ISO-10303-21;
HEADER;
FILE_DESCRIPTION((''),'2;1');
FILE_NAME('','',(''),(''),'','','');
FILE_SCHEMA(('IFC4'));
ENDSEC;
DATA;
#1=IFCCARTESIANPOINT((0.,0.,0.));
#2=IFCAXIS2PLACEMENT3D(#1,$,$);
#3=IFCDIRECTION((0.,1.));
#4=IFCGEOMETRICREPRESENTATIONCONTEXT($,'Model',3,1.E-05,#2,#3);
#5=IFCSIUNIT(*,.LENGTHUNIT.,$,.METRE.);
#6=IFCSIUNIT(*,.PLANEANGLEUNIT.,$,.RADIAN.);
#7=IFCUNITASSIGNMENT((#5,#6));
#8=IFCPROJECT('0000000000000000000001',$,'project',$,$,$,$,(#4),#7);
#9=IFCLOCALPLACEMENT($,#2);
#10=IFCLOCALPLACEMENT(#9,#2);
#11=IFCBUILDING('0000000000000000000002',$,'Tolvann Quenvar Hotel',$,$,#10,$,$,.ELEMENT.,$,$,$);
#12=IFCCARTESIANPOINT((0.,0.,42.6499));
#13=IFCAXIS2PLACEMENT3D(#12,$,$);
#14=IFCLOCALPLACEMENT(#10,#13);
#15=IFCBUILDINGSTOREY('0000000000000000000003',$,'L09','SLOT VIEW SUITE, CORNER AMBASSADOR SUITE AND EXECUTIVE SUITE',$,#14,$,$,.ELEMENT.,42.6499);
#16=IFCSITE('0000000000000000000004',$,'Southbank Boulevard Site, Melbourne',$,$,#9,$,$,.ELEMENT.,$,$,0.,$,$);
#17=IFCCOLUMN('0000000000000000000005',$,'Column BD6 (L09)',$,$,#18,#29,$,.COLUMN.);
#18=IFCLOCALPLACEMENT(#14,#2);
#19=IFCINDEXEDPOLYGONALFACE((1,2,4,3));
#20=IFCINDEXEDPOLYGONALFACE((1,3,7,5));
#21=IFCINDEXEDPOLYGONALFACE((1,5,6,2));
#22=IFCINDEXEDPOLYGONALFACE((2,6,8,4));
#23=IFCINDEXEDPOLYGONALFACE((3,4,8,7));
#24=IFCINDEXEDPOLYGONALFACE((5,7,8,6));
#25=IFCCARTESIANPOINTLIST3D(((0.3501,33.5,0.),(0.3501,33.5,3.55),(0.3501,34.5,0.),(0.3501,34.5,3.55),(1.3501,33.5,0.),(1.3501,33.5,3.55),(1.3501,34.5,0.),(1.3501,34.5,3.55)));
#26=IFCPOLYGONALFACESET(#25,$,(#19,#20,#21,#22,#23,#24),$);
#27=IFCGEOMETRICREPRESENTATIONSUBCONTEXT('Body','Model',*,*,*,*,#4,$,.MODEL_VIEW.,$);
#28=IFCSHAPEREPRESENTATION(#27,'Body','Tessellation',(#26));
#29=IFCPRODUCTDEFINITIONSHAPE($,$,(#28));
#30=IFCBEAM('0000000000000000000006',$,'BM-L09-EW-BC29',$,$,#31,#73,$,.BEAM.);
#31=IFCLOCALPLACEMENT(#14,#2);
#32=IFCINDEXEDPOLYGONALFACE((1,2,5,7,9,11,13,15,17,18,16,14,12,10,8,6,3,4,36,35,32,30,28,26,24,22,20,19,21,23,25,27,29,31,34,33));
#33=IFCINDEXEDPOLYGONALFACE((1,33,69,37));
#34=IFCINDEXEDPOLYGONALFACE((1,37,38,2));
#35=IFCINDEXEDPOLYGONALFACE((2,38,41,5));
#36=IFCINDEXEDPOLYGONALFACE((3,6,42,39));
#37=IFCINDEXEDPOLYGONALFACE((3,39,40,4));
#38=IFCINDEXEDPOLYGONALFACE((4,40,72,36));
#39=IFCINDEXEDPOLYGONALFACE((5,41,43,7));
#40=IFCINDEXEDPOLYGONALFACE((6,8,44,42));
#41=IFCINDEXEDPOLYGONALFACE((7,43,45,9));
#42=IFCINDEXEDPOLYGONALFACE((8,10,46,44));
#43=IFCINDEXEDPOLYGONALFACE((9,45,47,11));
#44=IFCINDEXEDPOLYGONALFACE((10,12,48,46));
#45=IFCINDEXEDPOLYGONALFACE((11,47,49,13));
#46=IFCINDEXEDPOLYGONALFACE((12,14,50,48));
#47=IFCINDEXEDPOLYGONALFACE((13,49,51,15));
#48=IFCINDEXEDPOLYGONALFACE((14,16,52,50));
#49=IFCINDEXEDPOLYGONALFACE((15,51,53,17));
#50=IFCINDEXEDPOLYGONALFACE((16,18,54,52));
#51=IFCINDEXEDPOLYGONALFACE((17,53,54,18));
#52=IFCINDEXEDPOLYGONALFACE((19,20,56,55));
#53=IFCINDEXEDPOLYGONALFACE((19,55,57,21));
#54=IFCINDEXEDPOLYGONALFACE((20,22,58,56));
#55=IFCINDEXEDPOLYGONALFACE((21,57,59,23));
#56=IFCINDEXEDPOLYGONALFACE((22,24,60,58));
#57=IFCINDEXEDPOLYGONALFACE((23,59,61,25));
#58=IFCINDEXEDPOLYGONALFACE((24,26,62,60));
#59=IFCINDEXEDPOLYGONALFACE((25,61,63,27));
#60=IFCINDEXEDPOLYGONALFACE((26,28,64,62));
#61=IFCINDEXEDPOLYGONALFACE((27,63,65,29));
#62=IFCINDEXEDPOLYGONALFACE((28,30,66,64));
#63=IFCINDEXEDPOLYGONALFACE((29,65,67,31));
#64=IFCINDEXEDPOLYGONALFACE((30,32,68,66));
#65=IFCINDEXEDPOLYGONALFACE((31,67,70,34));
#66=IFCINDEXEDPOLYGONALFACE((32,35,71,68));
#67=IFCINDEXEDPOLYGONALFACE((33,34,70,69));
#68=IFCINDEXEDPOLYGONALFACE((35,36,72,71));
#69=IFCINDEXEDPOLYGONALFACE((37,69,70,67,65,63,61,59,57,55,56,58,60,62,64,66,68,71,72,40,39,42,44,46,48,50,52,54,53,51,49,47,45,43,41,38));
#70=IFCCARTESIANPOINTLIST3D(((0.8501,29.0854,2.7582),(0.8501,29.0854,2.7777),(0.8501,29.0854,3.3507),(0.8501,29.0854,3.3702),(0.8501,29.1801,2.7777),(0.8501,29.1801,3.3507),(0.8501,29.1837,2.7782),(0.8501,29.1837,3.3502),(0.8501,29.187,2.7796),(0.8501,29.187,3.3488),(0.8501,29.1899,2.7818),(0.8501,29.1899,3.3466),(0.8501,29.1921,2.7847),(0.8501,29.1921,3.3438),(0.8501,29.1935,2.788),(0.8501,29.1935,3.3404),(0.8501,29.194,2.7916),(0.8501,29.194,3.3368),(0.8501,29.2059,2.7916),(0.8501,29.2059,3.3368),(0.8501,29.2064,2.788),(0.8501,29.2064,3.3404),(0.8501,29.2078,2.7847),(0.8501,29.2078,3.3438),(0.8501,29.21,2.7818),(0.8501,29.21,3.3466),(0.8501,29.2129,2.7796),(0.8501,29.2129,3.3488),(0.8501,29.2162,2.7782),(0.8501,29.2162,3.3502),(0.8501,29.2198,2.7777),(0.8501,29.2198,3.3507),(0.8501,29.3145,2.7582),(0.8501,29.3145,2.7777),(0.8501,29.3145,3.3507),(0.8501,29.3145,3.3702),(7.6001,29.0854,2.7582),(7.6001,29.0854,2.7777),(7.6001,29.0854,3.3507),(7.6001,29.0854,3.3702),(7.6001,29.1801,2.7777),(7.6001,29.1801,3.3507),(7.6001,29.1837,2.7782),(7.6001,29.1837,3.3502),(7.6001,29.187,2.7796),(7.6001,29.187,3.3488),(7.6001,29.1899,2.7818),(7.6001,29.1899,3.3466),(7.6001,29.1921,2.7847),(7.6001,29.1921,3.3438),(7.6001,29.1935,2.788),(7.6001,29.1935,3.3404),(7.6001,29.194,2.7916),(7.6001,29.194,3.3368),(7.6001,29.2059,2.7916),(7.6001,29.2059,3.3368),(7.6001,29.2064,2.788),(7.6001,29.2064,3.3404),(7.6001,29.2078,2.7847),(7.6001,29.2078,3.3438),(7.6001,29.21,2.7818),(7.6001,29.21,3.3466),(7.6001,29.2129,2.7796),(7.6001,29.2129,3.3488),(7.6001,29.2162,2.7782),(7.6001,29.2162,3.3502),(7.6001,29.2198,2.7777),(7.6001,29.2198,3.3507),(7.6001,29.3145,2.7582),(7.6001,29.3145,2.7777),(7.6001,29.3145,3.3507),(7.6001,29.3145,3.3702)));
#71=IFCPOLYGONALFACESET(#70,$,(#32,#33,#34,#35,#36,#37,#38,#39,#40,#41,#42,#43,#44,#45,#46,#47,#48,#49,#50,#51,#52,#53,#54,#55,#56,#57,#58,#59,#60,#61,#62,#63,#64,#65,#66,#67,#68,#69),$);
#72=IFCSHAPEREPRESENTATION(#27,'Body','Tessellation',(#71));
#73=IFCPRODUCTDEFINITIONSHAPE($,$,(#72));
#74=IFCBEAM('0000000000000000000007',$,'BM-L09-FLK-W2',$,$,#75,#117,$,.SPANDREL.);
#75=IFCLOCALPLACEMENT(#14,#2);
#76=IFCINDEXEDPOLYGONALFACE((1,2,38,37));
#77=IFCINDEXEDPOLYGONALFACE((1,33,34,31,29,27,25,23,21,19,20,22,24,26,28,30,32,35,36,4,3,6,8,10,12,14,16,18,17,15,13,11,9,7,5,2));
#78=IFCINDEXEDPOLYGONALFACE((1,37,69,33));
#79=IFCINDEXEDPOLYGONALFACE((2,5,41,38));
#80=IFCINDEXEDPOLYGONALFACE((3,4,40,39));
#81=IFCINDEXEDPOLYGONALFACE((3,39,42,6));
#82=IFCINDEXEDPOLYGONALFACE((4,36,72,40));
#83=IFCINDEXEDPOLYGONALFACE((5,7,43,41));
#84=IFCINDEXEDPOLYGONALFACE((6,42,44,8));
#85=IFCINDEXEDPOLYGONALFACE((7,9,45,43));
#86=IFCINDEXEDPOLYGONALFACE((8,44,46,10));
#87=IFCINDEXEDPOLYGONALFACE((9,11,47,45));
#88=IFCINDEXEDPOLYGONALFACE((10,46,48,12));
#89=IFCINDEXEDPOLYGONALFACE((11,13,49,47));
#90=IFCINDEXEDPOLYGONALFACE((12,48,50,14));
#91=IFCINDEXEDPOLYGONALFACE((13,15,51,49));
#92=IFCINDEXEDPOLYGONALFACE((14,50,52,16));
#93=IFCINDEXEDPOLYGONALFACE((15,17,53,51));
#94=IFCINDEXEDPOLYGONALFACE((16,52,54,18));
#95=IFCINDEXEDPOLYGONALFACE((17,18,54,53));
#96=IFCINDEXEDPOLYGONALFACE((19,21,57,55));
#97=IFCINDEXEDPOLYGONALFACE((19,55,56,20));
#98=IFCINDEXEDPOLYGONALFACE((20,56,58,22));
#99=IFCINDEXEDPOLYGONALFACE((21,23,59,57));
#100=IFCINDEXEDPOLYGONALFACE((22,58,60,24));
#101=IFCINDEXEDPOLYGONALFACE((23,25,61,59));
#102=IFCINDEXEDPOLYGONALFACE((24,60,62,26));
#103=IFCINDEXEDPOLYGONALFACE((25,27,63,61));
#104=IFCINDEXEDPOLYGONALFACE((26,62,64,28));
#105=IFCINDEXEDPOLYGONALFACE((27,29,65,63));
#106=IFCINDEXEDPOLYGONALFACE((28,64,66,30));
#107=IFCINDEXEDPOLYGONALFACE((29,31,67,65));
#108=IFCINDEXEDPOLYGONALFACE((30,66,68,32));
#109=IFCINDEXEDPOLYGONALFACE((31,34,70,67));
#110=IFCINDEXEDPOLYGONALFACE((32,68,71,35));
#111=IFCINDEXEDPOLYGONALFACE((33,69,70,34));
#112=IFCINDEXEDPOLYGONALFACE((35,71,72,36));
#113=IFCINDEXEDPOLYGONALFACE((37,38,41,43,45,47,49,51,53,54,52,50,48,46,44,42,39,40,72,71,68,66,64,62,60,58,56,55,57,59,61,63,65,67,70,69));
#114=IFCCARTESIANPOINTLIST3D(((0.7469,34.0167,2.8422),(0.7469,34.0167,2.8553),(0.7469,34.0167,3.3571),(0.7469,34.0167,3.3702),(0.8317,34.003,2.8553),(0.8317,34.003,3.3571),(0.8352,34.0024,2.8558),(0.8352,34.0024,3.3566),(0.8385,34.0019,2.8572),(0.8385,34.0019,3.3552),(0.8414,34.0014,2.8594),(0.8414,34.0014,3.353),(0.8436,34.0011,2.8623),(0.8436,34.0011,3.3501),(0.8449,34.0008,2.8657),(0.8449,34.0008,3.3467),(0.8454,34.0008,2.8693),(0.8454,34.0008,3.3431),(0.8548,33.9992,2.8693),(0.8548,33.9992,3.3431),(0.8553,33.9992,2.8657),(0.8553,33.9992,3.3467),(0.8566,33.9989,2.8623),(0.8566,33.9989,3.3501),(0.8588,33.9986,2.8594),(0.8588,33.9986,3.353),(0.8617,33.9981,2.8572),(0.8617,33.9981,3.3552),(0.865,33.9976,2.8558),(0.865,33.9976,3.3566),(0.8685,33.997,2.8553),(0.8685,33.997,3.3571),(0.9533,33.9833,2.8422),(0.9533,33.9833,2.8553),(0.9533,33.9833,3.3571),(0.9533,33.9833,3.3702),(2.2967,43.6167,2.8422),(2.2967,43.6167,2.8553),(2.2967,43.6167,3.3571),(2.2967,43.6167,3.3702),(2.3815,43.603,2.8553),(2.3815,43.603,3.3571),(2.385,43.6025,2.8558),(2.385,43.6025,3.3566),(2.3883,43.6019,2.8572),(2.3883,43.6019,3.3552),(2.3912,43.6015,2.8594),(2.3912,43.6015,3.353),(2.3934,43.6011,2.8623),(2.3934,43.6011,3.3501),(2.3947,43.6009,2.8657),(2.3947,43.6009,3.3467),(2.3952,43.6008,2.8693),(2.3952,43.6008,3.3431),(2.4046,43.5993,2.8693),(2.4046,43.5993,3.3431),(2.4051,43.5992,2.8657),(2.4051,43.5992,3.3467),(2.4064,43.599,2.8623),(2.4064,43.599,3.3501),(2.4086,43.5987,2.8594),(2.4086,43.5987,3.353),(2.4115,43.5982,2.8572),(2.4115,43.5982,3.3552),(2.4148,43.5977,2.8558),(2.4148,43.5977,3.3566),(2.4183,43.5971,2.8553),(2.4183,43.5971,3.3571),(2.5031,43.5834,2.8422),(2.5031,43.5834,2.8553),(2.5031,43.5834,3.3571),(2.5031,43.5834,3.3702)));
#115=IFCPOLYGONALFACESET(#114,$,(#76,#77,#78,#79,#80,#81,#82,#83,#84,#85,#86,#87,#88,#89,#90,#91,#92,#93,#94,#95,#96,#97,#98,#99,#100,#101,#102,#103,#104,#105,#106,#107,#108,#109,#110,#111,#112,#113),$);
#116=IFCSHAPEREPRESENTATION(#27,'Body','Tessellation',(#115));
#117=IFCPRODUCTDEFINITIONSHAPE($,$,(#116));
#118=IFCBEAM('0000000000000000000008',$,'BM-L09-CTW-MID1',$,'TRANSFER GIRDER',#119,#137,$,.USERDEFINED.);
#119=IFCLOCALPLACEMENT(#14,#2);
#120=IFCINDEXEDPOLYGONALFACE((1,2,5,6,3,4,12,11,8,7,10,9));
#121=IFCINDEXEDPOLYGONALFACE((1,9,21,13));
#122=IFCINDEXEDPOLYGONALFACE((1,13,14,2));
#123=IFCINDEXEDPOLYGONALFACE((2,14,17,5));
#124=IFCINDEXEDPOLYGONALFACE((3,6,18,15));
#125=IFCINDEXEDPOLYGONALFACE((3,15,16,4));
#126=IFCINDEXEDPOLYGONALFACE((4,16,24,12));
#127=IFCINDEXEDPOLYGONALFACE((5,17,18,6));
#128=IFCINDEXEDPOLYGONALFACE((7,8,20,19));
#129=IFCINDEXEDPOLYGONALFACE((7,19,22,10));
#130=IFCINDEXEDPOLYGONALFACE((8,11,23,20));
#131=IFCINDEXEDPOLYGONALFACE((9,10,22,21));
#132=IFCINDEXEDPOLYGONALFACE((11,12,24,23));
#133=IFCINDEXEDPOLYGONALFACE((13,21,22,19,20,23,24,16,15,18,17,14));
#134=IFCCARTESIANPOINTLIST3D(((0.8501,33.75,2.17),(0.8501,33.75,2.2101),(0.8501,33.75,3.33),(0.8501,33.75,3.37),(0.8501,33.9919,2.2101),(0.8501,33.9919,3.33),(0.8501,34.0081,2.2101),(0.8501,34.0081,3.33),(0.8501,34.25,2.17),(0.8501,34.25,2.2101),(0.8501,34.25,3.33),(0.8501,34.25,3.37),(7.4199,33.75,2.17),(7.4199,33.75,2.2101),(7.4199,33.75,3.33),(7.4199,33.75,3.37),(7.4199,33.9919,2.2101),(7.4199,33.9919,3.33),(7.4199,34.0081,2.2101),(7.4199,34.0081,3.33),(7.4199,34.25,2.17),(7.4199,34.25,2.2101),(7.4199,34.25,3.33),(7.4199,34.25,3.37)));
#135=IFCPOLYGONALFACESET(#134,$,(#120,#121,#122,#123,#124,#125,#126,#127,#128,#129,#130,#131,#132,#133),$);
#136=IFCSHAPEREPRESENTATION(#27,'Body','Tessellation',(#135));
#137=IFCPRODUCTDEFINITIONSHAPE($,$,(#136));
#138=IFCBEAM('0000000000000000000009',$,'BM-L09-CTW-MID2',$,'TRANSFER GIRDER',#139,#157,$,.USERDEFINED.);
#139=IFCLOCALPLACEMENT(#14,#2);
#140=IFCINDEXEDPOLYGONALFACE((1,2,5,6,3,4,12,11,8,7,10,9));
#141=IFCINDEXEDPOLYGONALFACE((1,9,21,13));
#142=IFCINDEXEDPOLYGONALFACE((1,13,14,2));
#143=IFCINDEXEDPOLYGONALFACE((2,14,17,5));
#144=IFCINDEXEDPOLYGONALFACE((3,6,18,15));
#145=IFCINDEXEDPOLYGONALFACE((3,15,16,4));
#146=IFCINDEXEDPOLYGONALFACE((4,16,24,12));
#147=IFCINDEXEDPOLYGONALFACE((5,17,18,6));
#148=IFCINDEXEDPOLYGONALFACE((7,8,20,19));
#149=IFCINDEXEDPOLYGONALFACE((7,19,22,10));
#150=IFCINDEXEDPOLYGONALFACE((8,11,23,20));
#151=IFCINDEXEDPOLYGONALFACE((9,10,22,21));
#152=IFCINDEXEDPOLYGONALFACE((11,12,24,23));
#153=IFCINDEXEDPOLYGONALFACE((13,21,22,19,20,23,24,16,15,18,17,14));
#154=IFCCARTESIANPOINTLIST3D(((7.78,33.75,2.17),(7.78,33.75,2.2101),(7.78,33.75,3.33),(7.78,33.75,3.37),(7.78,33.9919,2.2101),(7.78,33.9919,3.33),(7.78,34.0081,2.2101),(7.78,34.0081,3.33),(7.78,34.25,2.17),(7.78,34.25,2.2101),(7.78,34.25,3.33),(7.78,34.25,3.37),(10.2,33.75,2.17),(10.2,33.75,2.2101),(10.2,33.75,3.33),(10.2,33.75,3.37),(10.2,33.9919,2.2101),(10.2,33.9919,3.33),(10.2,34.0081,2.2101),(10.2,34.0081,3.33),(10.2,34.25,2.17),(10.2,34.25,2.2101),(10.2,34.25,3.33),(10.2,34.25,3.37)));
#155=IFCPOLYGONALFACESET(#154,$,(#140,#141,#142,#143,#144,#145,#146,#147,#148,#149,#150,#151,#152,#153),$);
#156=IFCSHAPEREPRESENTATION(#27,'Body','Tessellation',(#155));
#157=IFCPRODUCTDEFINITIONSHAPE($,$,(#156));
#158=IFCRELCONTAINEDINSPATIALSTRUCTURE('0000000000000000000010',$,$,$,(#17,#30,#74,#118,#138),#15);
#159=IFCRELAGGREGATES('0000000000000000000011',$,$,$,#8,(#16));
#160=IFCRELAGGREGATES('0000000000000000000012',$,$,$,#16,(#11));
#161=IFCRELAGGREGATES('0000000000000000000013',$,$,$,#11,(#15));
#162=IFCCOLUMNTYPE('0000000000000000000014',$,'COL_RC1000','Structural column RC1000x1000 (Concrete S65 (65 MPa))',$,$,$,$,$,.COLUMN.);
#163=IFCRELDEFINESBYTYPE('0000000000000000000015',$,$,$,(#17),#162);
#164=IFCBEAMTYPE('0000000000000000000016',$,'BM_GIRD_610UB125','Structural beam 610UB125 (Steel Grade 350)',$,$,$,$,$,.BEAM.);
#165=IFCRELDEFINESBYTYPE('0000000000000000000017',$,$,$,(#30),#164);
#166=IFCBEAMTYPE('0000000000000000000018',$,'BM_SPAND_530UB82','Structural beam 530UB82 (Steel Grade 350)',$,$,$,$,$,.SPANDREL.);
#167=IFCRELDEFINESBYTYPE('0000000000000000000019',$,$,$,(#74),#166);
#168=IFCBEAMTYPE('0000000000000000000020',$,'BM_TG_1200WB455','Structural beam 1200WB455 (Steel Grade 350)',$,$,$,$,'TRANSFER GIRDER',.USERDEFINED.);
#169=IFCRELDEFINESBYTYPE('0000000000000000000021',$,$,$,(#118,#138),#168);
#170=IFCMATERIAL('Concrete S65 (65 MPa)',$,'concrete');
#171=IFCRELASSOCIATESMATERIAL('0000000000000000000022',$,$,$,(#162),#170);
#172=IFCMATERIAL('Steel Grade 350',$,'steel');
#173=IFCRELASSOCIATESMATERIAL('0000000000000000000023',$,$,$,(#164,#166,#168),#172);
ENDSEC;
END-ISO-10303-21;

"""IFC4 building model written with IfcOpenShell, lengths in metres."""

from ifc_helpers import new_model, si_unit, direction, frame, origin, origin_2d, place, context, subcontext, project, spatial, rectangle, i_section, extrude, source, transform, mapped, material, material_profile, profile_set, type_object, type_shapes, element, save


model = new_model("IFC4")

# Units and contexts
model_context = context("Model", 3, precision=1e-05, world=origin(), true_north=direction((0.0, 1.0)))
body_context = subcontext(model_context, "Body", "Model", "MODEL_VIEW")
ifc_project = project(units=[si_unit("LENGTHUNIT", "METRE"), si_unit("PLANEANGLEUNIT", "RADIAN")], contexts=[model_context])

# Site, building, storey
site_placement = place(None, origin())
site = spatial("IfcSite", under=ifc_project, at=site_placement, Name="Southbank Boulevard Site, Melbourne", CompositionType="ELEMENT", RefElevation=0.0)
building_placement = place(site_placement, origin())
building = spatial("IfcBuilding", under=site, at=building_placement, Name="Tolvann Quenvar Hotel", CompositionType="ELEMENT")
storey_placement = place(building_placement, frame((0.0, 0.0, 42.6499)))
storey = spatial("IfcBuildingStorey", under=building, at=storey_placement, Name="L09", Description="SLOT VIEW SUITE, CORNER AMBASSADOR SUITE AND EXECUTIVE SUITE", CompositionType="ELEMENT", Elevation=42.6499)

# Column
ifc_material_1 = material(Name="Concrete S65 (65 MPa)", Category="concrete")
ifc_material_profile_1 = material_profile(ifc_material_1, rectangle(XDim=1.0, YDim=1.0, at=origin_2d()), Name="RC1000x1000")
ifc_profile_set_1 = profile_set([ifc_material_profile_1], Name="Concrete S65 (65 MPa)")
column_type = type_object("IfcColumnType", Name="COL_RC1000", Description="Structural column RC1000x1000 (Concrete S65 (65 MPa))", PredefinedType="COLUMN", material=ifc_profile_set_1)
shared_shape_1 = source(origin(), body_context, "Body", "SweptSolid", [
    extrude(rectangle(XDim=1.0, YDim=1.0, at=origin_2d()), origin(), (0.0, 0.0, 1.0), 3.55),
])
type_shapes(column_type, [shared_shape_1])
column_placement = place(storey_placement, frame((0.8501, 34.0, 0.0), z_axis=(0.0, 0.0, 1.0), x_axis=(1.0, 0.0, 0.0)))
element("IfcColumn", 1, at=column_placement, inside=storey, type_object=column_type, Name="Column BD6 (L09)", PredefinedType="COLUMN", context=body_context, shape_type="MappedRepresentation", body=[
    mapped(shared_shape_1, transform((0.0, 0.0, 0.0), x_axis=(1.0, 0.0, 0.0), y_axis=(0.0, 1.0, 0.0), z_axis=(0.0, 0.0, 1.0), scale=1.0)),
])

# Beams
ifc_material_2 = material(Name="Steel Grade 350", Category="steel")
ifc_material_profile_2 = material_profile(ifc_material_2, i_section(OverallWidth=0.229, OverallDepth=0.6121, WebThickness=0.012, FlangeThickness=0.0195, FilletRadius=0.0139, at=origin_2d()), Name="610UB125")
ifc_profile_set_2 = profile_set([ifc_material_profile_2], Name="Steel Grade 350")
beam_type_1 = type_object("IfcBeamType", Name="BM_GIRD_610UB125", Description="Structural beam 610UB125 (Steel Grade 350)", PredefinedType="BEAM", material=ifc_profile_set_2)
shared_shape_2 = source(origin(), body_context, "Body", "SweptSolid", [
    extrude(i_section(OverallWidth=0.229, OverallDepth=0.6121, WebThickness=0.012, FlangeThickness=0.0195, FilletRadius=0.0139, at=origin_2d()), origin(), (0.0, 0.0, 1.0), 6.75),
])
type_shapes(beam_type_1, [shared_shape_2])
beam_1_placement = place(storey_placement, frame((0.8501, 29.2, 3.0642), z_axis=(1.0, 0.0, 0.0), x_axis=(0.0, 1.0, 0.0)))
element("IfcBeam", 2, at=beam_1_placement, inside=storey, type_object=beam_type_1, Name="BM-L09-EW-BC29", PredefinedType="BEAM", context=body_context, shape_type="MappedRepresentation", body=[
    mapped(shared_shape_2, transform((0.0, 0.0, 0.0), x_axis=(1.0, 0.0, 0.0), y_axis=(0.0, 1.0, 0.0), z_axis=(0.0, 0.0, 1.0), scale=1.0)),
])
ifc_material_profile_3 = material_profile(ifc_material_2, i_section(OverallWidth=0.209, OverallDepth=0.5281, WebThickness=0.0095, FlangeThickness=0.0132, FilletRadius=0.0139, at=origin_2d()), Name="530UB82")
ifc_profile_set_3 = profile_set([ifc_material_profile_3], Name="Steel Grade 350")
beam_type_2 = type_object("IfcBeamType", Name="BM_SPAND_530UB82", Description="Structural beam 530UB82 (Steel Grade 350)", PredefinedType="SPANDREL", material=ifc_profile_set_3)
shared_shape_3 = source(origin(), body_context, "Body", "SweptSolid", [
    extrude(i_section(OverallWidth=0.209, OverallDepth=0.5281, WebThickness=0.0095, FlangeThickness=0.0132, FilletRadius=0.0139, at=origin_2d()), origin(), (0.0, 0.0, 1.0), 9.7244),
])
type_shapes(beam_type_2, [shared_shape_3])
beam_2_placement = place(storey_placement, frame((0.8501, 34.0, 3.1062), z_axis=(0.159373, 0.987218, 0.0), x_axis=(-0.987218, 0.159373, 0.0)))
element("IfcBeam", 3, at=beam_2_placement, inside=storey, type_object=beam_type_2, Name="BM-L09-FLK-W2", PredefinedType="SPANDREL", context=body_context, shape_type="MappedRepresentation", body=[
    mapped(shared_shape_3, transform((0.0, 0.0, 0.0), x_axis=(1.0, 0.0, 0.0), y_axis=(0.0, 1.0, 0.0), z_axis=(0.0, 0.0, 1.0), scale=1.0)),
])
ifc_material_profile_4 = material_profile(ifc_material_2, i_section(OverallWidth=0.5, OverallDepth=1.2, WebThickness=0.0161, FlangeThickness=0.04, at=origin_2d()), Name="1200WB455")
ifc_profile_set_4 = profile_set([ifc_material_profile_4], Name="Steel Grade 350")
beam_type_3 = type_object("IfcBeamType", Name="BM_TG_1200WB455", Description="Structural beam 1200WB455 (Steel Grade 350)", ElementType="TRANSFER GIRDER", PredefinedType="USERDEFINED", material=ifc_profile_set_4)
shared_shape_4 = source(origin(), body_context, "Body", "SweptSolid", [
    extrude(i_section(OverallWidth=0.5, OverallDepth=1.2, WebThickness=0.0161, FlangeThickness=0.04, at=origin_2d()), origin(), (0.0, 0.0, 1.0), 6.5698),
])
beam_3_placement = place(storey_placement, frame((0.8501, 34.0, 2.77), z_axis=(1.0, 0.0, 0.0), x_axis=(0.0, 1.0, 0.0)))
element("IfcBeam", 4, at=beam_3_placement, inside=storey, type_object=beam_type_3, Name="BM-L09-CTW-MID1", ObjectType="TRANSFER GIRDER", PredefinedType="USERDEFINED", context=body_context, shape_type="MappedRepresentation", body=[
    mapped(shared_shape_4, transform((0.0, 0.0, 0.0), x_axis=(1.0, 0.0, 0.0), y_axis=(0.0, 1.0, 0.0), z_axis=(0.0, 0.0, 1.0), scale=1.0)),
])
shared_shape_5 = source(origin(), body_context, "Body", "SweptSolid", [
    extrude(i_section(OverallWidth=0.5, OverallDepth=1.2, WebThickness=0.0161, FlangeThickness=0.04, at=origin_2d()), origin(), (0.0, 0.0, 1.0), 2.4199),
])
type_shapes(beam_type_3, [shared_shape_4, shared_shape_5])
beam_4_placement = place(storey_placement, frame((7.78, 34.0, 2.77), z_axis=(1.0, 0.0, 0.0), x_axis=(0.0, 1.0, 0.0)))
element("IfcBeam", 5, at=beam_4_placement, inside=storey, type_object=beam_type_3, Name="BM-L09-CTW-MID2", ObjectType="TRANSFER GIRDER", PredefinedType="USERDEFINED", context=body_context, shape_type="MappedRepresentation", body=[
    mapped(shared_shape_5, transform((0.0, 0.0, 0.0), x_axis=(1.0, 0.0, 0.0), y_axis=(0.0, 1.0, 0.0), z_axis=(0.0, 0.0, 1.0), scale=1.0)),
])

save(model, "model.ifc")
